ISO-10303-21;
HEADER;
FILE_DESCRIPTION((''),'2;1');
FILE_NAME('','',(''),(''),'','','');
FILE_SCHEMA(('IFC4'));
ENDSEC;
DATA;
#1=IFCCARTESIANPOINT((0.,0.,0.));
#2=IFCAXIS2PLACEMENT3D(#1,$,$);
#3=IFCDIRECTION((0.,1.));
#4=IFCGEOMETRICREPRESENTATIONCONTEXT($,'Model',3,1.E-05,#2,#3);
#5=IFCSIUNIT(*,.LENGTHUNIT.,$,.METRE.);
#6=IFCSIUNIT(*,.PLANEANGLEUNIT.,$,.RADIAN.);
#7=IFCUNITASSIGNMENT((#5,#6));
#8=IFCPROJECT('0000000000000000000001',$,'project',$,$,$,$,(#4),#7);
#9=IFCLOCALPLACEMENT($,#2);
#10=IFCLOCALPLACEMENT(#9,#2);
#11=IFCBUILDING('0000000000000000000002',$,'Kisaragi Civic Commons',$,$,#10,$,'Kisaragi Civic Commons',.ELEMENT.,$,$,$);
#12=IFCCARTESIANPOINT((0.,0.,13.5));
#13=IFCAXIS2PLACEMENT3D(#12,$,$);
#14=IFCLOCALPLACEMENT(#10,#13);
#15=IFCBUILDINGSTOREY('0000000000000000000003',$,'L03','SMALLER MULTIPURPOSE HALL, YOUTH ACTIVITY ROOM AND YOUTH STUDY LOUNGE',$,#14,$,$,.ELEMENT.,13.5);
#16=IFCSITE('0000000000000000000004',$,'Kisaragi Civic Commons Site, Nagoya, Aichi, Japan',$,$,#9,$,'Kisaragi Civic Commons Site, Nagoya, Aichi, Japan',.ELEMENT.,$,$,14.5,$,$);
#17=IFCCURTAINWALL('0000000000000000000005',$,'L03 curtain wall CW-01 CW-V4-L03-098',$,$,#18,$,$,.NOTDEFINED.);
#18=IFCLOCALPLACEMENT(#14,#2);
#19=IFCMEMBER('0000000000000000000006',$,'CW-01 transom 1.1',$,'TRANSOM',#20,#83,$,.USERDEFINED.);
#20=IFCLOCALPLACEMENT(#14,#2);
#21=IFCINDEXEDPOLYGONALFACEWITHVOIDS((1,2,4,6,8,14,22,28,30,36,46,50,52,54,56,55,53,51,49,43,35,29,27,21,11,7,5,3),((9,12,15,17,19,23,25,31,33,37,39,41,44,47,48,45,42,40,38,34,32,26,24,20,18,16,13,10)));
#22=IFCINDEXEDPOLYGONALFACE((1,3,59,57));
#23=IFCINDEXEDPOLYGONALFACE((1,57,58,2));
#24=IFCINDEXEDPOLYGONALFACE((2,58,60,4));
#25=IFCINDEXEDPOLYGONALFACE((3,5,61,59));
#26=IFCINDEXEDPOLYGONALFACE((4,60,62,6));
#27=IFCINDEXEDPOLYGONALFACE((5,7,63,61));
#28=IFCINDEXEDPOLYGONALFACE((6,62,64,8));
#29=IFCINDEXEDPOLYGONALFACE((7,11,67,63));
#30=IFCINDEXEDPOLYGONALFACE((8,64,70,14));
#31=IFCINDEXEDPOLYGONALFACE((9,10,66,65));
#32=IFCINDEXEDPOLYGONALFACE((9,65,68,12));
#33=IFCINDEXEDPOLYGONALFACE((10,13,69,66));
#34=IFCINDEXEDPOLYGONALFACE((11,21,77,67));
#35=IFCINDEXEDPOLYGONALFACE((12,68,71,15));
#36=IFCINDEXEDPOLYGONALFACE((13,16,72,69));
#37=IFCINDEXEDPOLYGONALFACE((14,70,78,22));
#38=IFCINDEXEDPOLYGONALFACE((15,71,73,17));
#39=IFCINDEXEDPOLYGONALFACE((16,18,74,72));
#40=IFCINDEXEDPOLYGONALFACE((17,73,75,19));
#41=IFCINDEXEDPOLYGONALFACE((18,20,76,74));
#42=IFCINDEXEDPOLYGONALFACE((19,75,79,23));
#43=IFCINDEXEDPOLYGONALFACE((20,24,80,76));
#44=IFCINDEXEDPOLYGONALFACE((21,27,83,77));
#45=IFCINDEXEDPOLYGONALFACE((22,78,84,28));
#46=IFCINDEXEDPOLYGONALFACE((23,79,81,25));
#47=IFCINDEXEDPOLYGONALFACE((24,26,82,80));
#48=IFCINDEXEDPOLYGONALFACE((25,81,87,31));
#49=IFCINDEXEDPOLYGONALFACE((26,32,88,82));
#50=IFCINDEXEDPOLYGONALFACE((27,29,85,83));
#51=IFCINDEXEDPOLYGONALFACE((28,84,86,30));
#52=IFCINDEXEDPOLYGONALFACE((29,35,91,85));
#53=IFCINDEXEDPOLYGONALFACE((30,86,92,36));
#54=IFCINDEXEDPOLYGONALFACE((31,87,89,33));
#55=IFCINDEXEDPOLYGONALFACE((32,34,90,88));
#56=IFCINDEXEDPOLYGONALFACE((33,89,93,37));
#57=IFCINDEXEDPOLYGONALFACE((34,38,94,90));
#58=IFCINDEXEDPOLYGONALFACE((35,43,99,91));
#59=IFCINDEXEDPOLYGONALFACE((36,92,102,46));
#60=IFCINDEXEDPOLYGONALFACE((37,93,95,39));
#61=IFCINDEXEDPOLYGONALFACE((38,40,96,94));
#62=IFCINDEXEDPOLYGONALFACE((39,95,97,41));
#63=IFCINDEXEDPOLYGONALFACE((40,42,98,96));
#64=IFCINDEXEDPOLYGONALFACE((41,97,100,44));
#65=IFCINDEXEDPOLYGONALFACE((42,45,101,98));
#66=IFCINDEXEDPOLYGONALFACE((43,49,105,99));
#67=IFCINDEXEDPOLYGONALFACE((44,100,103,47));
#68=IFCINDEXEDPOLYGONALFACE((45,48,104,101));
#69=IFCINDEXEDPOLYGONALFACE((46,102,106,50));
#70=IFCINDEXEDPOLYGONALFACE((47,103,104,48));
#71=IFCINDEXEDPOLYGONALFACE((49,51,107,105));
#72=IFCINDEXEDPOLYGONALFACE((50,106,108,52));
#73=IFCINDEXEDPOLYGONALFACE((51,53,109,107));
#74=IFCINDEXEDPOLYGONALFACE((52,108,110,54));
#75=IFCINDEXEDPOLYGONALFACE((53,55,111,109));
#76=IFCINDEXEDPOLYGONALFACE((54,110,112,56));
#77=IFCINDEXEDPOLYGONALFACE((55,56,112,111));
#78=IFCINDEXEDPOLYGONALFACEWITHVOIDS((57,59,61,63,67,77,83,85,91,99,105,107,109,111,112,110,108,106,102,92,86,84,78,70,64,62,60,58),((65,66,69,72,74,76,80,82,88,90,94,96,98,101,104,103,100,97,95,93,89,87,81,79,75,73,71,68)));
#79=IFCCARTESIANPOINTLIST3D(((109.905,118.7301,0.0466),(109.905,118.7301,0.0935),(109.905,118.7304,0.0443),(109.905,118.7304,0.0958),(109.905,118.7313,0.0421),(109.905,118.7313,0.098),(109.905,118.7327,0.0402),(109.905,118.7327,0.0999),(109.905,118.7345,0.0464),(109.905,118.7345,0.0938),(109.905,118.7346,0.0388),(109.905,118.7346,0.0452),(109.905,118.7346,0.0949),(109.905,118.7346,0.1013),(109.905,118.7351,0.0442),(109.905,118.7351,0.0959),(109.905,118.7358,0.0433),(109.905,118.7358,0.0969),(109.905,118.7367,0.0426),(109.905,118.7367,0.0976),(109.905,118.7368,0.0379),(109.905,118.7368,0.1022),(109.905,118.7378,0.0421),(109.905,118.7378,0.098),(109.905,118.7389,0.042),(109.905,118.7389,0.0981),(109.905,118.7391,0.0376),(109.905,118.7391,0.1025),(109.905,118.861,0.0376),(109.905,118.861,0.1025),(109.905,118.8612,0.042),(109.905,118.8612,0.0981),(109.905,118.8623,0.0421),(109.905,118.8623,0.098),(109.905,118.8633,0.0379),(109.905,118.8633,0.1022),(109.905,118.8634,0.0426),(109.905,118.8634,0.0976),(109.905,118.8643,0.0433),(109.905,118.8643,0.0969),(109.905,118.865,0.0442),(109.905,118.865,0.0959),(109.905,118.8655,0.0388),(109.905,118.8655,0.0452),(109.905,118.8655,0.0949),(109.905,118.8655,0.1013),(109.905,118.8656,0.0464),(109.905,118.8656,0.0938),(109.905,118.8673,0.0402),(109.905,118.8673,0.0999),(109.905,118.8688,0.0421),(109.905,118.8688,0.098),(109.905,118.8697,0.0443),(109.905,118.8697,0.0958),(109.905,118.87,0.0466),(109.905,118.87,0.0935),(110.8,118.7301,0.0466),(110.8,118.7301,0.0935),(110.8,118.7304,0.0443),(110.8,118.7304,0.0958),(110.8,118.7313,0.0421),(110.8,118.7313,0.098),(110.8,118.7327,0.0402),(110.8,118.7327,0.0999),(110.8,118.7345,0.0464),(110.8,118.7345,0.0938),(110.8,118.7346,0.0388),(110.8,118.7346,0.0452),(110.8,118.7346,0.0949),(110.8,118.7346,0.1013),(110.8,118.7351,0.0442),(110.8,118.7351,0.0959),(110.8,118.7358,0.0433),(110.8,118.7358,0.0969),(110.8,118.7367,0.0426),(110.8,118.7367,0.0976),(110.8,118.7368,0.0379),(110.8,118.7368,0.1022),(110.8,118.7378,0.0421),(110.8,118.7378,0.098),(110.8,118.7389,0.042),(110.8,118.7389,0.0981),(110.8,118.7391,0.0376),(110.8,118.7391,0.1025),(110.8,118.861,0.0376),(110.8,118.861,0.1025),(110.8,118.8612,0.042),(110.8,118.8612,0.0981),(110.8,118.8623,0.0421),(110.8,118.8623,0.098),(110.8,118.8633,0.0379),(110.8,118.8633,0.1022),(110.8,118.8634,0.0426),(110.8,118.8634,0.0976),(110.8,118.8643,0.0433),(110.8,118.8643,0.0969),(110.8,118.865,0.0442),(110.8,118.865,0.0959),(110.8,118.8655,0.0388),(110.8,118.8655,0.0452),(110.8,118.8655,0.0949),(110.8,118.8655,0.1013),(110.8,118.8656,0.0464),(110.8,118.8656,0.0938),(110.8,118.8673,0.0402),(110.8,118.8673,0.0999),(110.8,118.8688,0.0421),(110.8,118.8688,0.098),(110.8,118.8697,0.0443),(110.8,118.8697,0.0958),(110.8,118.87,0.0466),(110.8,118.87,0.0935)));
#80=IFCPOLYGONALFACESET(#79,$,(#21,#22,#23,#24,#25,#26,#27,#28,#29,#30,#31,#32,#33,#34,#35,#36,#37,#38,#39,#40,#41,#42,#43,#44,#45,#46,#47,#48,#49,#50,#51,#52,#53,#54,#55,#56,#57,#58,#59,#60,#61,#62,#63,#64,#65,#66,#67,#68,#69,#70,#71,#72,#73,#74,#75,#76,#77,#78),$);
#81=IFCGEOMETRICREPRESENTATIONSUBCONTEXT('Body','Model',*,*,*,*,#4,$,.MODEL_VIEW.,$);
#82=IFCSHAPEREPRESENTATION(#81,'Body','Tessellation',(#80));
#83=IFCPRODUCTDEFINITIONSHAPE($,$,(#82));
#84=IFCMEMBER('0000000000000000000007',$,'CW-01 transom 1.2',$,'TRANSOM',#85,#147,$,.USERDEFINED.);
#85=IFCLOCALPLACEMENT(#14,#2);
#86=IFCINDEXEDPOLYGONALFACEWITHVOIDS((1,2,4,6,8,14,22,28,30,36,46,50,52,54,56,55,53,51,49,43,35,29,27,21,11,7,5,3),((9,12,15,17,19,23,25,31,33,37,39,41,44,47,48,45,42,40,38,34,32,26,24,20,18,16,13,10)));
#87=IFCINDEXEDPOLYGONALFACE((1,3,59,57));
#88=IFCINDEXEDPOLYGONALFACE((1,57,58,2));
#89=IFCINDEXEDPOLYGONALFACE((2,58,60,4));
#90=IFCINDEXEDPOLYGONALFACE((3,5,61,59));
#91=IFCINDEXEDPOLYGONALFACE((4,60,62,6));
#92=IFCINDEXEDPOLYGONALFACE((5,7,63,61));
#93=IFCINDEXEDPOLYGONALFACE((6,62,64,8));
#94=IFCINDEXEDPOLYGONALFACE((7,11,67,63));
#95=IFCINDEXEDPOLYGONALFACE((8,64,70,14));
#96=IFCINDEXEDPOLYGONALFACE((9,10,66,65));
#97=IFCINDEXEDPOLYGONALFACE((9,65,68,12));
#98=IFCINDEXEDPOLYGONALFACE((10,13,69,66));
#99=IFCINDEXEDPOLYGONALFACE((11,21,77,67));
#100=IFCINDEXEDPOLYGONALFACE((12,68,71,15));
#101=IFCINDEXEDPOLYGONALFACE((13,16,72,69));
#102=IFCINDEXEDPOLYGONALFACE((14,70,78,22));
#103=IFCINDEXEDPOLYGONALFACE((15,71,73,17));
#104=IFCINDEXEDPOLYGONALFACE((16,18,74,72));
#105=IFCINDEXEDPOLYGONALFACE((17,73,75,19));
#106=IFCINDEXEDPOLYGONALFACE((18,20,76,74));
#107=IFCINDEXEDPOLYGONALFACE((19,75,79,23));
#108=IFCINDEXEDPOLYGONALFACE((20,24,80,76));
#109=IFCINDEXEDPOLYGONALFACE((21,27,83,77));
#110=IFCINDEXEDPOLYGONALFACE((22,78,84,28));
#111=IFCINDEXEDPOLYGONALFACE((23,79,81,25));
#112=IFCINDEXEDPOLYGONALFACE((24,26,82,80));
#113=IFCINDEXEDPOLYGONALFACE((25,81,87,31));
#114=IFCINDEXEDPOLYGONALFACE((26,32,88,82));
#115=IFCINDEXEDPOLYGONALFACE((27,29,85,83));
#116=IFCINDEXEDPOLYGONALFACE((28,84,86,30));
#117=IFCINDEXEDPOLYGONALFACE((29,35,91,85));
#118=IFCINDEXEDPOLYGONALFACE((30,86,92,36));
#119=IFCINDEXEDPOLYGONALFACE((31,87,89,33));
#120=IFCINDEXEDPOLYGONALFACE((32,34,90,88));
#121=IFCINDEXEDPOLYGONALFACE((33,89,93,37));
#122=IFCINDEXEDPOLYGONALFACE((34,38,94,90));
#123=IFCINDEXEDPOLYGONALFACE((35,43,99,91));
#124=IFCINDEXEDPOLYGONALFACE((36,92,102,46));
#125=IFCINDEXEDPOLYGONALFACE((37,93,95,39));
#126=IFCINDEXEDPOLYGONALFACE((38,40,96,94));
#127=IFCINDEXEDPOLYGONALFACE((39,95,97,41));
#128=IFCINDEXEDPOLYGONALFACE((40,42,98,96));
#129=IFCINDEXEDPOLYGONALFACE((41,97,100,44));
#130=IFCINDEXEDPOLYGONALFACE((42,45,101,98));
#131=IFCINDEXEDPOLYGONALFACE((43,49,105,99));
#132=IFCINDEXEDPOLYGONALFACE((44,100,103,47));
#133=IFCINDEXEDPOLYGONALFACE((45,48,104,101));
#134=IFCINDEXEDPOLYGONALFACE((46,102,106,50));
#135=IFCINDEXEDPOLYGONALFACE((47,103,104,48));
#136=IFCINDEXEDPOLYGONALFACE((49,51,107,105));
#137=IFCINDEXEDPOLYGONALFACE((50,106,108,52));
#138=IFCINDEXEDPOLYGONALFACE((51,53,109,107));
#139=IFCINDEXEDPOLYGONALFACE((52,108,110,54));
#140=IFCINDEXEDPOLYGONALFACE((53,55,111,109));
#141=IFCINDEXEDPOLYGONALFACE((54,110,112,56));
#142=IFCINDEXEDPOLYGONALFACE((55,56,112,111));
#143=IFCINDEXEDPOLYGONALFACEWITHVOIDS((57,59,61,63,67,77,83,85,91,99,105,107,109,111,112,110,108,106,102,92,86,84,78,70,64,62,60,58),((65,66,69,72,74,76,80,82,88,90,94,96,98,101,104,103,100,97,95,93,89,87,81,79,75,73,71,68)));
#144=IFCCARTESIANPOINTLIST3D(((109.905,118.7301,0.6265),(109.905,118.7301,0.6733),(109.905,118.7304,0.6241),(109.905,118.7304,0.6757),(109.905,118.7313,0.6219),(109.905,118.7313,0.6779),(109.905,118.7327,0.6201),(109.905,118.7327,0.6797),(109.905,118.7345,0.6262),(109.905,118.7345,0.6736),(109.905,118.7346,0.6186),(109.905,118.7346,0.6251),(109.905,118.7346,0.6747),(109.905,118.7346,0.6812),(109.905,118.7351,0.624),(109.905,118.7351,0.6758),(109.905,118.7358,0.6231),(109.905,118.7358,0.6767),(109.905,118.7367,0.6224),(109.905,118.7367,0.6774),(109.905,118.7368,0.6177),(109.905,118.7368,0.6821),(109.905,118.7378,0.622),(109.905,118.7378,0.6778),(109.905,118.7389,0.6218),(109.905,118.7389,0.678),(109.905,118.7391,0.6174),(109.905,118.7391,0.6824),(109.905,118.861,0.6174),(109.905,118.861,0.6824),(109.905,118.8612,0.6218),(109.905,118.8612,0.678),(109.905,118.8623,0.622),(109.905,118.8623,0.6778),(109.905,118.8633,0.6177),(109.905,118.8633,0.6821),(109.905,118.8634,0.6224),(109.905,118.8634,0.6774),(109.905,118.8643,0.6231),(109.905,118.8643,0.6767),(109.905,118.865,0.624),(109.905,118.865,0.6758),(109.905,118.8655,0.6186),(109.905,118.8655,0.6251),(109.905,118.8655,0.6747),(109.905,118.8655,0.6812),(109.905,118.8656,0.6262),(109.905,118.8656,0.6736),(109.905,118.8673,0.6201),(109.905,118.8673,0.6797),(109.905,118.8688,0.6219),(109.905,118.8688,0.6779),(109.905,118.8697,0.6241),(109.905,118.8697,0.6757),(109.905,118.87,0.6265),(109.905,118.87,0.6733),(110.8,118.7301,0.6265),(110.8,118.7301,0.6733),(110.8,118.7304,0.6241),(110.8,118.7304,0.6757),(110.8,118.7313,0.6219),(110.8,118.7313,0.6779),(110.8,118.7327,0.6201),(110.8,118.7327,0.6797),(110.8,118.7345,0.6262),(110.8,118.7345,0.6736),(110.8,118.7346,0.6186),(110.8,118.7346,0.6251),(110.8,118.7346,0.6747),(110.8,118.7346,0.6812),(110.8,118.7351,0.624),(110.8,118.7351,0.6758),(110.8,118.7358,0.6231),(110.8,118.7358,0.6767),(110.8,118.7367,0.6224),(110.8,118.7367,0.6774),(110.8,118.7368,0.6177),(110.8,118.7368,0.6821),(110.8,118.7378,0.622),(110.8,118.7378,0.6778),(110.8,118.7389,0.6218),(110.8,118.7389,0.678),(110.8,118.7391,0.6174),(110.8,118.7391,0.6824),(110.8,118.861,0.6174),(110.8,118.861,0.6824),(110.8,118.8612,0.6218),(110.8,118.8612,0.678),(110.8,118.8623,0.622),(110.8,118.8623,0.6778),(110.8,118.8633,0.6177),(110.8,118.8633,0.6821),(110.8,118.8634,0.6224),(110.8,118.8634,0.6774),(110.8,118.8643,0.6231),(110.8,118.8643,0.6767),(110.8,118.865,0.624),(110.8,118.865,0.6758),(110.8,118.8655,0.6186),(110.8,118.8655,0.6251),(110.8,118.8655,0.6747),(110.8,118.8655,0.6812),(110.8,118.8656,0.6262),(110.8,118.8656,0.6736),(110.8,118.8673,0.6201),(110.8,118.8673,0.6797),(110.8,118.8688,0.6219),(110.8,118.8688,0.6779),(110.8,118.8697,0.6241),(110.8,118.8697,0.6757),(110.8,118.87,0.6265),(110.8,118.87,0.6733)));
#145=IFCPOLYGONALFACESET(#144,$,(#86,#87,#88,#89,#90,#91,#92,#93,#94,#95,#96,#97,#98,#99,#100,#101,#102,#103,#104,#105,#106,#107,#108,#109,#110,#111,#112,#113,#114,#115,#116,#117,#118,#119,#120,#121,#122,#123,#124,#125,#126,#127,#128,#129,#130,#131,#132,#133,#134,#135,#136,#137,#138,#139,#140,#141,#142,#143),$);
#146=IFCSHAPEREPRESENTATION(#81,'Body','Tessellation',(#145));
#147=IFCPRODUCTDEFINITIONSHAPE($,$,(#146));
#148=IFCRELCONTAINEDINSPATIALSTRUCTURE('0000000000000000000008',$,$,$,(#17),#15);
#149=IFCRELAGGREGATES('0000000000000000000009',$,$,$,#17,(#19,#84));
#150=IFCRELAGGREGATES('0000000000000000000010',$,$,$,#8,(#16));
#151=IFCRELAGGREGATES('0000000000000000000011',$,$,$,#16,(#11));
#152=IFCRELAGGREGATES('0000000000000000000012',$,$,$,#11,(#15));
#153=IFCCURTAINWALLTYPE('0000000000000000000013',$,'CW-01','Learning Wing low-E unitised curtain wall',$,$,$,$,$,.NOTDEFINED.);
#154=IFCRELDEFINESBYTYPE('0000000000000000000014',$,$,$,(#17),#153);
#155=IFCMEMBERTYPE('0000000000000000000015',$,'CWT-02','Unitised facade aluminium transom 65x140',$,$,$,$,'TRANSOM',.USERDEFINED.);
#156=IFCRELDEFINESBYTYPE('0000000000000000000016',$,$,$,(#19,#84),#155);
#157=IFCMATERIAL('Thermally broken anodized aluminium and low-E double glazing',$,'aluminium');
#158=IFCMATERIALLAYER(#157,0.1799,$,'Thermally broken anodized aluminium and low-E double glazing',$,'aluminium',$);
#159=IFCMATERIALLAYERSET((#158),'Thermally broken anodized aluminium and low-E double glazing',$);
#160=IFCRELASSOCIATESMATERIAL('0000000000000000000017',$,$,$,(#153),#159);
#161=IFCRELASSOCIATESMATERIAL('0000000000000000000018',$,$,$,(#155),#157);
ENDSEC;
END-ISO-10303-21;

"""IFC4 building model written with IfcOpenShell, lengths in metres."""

from ifc_helpers import new_model, si_unit, direction, frame, origin, origin_2d, place, context, subcontext, project, spatial, hollow_rectangle, extrude, material, layer, layer_set, material_profile, profile_set, type_object, element, aggregate, save


model = new_model("IFC4")

# Units and contexts
model_context = context("Model", 3, precision=1e-05, world=origin(), true_north=direction((0.0, 1.0)))
body_context = subcontext(model_context, "Body", "Model", "MODEL_VIEW")
ifc_project = project(units=[si_unit("LENGTHUNIT", "METRE"), si_unit("PLANEANGLEUNIT", "RADIAN")], contexts=[model_context])

# Site, building, storey
site_placement = place(None, origin())
site = spatial("IfcSite", under=ifc_project, at=site_placement, Name="Kisaragi Civic Commons Site, Nagoya, Aichi, Japan", LongName="Kisaragi Civic Commons Site, Nagoya, Aichi, Japan", CompositionType="ELEMENT", RefElevation=14.5)
building_placement = place(site_placement, origin())
building = spatial("IfcBuilding", under=site, at=building_placement, Name="Kisaragi Civic Commons", LongName="Kisaragi Civic Commons", CompositionType="ELEMENT")
storey_placement = place(building_placement, frame((0.0, 0.0, 13.5)))
storey = spatial("IfcBuildingStorey", under=building, at=storey_placement, Name="L03", Description="SMALLER MULTIPURPOSE HALL, YOUTH ACTIVITY ROOM AND YOUTH STUDY LOUNGE", CompositionType="ELEMENT", Elevation=13.5)

# Shared definitions
ifc_material = material(Name="Thermally broken anodized aluminium and low-E double glazing", Category="aluminium")
ifc_layer_1 = layer(ifc_material, 0.1799, Name="Thermally broken anodized aluminium and low-E double glazing", Category="aluminium")
ifc_layer_set_1 = layer_set([ifc_layer_1], Name="Thermally broken anodized aluminium and low-E double glazing")
curtain_wall_type = type_object("IfcCurtainWallType", Name="CW-01", Description="Learning Wing low-E unitised curtain wall", PredefinedType="NOTDEFINED", material=ifc_layer_set_1)

# Curtain wall
curtain_wall_1_placement = place(storey_placement, origin())
curtain_wall_1 = element("IfcCurtainWall", 1, at=curtain_wall_1_placement, inside=storey, type_object=curtain_wall_type, Name="L03 curtain wall CW-01 CW-V4-L03-098", PredefinedType="NOTDEFINED")

# Members
ifc_material_profile_1 = material_profile(ifc_material, hollow_rectangle(XDim=0.1399, YDim=0.0649, WallThickness=0.0044, InnerFilletRadius=0.0044, OuterFilletRadius=0.009, at=origin_2d()), Name="CWT-65x140x4.5", Category="aluminium")
ifc_profile_set_1 = profile_set([ifc_material_profile_1], Name="Thermally broken anodized aluminium and low-E double glazing")
member_type_1 = type_object("IfcMemberType", Name="CWT-02", Description="Unitised facade aluminium transom 65x140", ElementType="TRANSOM", PredefinedType="USERDEFINED", material=ifc_profile_set_1)
member_1_placement = place(storey_placement, frame((109.905, 118.8, 0.0701), z_axis=(1.0, 0.0, 0.0), x_axis=(0.0, 1.0, 0.0)))
member_1 = element("IfcMember", 2, at=member_1_placement, type_object=member_type_1, Name="CW-01 transom 1.1", ObjectType="TRANSOM", PredefinedType="USERDEFINED", context=body_context, shape_type="SweptSolid", body=[
    extrude(hollow_rectangle(XDim=0.1399, YDim=0.0649, WallThickness=0.0044, InnerFilletRadius=0.0044, OuterFilletRadius=0.009, at=origin_2d()), origin(), (0.0, 0.0, 1.0), 0.895),
])
member_2_placement = place(storey_placement, frame((109.905, 118.8, 0.6499), z_axis=(1.0, 0.0, 0.0), x_axis=(0.0, 1.0, 0.0)))
member_2 = element("IfcMember", 3, at=member_2_placement, type_object=member_type_1, Name="CW-01 transom 1.2", ObjectType="TRANSOM", PredefinedType="USERDEFINED", context=body_context, shape_type="SweptSolid", body=[
    extrude(hollow_rectangle(XDim=0.1399, YDim=0.0649, WallThickness=0.0044, InnerFilletRadius=0.0044, OuterFilletRadius=0.009, at=origin_2d()), origin(), (0.0, 0.0, 1.0), 0.895),
])
aggregate(curtain_wall_1, [member_1, member_2])

save(model, "model.ifc")
